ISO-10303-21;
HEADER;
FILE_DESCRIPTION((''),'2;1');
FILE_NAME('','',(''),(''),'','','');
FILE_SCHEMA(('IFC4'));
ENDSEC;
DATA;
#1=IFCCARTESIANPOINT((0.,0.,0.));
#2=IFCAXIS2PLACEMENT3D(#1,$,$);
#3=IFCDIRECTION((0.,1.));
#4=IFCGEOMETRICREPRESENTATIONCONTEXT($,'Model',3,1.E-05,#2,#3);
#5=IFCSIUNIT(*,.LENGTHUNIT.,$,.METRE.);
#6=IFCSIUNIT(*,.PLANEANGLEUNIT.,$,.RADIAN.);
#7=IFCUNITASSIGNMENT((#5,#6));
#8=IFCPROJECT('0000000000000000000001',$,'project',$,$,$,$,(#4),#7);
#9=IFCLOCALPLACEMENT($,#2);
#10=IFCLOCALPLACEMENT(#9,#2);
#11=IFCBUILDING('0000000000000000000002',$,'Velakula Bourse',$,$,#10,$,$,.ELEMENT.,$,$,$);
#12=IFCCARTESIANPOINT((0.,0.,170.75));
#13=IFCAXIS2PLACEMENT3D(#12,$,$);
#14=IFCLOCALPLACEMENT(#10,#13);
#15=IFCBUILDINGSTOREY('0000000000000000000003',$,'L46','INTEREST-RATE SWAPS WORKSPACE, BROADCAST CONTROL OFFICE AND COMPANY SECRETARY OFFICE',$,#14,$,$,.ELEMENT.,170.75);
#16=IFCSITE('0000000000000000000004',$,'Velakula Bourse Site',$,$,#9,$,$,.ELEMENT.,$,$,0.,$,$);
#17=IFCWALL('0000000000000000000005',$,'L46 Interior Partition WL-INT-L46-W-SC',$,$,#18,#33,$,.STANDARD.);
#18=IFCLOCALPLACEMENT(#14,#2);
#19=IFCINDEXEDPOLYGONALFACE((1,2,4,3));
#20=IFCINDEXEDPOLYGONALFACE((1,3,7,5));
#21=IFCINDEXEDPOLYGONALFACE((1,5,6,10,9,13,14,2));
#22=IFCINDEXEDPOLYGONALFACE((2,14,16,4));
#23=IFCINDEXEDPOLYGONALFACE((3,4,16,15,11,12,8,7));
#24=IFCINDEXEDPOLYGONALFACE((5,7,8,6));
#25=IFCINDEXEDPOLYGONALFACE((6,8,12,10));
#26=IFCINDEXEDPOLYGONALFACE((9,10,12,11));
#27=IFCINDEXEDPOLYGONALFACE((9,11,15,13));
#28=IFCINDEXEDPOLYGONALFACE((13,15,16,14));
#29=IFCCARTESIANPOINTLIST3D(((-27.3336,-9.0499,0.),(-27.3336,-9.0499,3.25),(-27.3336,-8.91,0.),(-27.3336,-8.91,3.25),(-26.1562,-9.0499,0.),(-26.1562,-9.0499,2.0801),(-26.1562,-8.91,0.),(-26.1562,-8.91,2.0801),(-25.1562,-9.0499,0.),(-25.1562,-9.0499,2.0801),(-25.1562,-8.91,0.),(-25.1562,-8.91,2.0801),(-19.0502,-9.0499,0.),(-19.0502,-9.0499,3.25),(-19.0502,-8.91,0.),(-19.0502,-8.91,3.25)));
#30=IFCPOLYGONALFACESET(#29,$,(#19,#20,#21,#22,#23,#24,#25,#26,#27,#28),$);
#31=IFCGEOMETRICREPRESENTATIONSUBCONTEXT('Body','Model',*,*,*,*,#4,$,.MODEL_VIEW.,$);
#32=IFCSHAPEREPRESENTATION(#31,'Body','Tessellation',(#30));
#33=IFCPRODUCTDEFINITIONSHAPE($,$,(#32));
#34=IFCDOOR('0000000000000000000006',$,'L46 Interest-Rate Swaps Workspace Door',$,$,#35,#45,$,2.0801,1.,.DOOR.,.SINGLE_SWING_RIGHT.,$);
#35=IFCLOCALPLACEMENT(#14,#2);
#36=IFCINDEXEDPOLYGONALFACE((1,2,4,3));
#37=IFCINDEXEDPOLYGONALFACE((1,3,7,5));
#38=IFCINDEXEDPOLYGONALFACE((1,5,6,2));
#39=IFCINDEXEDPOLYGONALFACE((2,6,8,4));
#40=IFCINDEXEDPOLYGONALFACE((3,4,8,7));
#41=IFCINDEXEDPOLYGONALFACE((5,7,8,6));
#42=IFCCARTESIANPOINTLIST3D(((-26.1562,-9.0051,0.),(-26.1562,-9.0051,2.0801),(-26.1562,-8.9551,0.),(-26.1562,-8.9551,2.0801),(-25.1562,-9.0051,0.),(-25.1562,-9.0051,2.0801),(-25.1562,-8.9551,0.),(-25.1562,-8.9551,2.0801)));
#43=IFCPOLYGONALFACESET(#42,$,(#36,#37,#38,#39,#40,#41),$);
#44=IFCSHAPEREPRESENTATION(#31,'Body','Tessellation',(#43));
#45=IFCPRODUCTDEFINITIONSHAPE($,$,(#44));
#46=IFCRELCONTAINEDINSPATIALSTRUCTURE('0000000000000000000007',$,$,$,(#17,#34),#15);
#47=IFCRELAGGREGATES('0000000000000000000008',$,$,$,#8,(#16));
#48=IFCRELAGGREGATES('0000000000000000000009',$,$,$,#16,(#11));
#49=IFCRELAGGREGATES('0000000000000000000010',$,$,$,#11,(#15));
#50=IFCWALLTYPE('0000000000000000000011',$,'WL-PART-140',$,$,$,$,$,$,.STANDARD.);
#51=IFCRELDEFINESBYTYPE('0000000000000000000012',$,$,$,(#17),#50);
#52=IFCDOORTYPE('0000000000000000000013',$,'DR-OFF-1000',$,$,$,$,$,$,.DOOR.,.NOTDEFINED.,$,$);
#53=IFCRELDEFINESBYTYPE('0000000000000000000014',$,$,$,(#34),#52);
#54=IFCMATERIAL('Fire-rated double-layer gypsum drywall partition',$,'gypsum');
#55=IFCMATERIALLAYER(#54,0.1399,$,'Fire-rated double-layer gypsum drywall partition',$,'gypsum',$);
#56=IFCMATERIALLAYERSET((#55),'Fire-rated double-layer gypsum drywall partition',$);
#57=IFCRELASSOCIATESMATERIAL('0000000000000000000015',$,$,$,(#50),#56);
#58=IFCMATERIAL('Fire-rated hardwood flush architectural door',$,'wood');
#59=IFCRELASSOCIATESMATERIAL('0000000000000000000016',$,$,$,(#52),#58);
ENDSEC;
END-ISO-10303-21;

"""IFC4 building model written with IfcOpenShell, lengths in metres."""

from ifc_helpers import new_model, si_unit, direction, frame, frame_2d, origin, place, context, subcontext, project, spatial, rectangle, extrude, material, layer, layer_set, type_object, element, fill, save


model = new_model("IFC4")

# Units and contexts
model_context = context("Model", 3, precision=1e-05, world=origin(), true_north=direction((0.0, 1.0)))
body_context = subcontext(model_context, "Body", "Model", "MODEL_VIEW")
ifc_project = project(units=[si_unit("LENGTHUNIT", "METRE"), si_unit("PLANEANGLEUNIT", "RADIAN")], contexts=[model_context])

# Site, building, storey
site_placement = place(None, origin())
site = spatial("IfcSite", under=ifc_project, at=site_placement, Name="Velakula Bourse Site", CompositionType="ELEMENT", RefElevation=0.0)
building_placement = place(site_placement, origin())
building = spatial("IfcBuilding", under=site, at=building_placement, Name="Velakula Bourse", CompositionType="ELEMENT")
storey_placement = place(building_placement, frame((0.0, 0.0, 170.75)))
storey = spatial("IfcBuildingStorey", under=building, at=storey_placement, Name="L46", Description="INTEREST-RATE SWAPS WORKSPACE, BROADCAST CONTROL OFFICE AND COMPANY SECRETARY OFFICE", CompositionType="ELEMENT", Elevation=170.75)

# Shared definitions
ifc_material_1 = material(Name="Fire-rated double-layer gypsum drywall partition", Category="gypsum")
ifc_layer_1 = layer(ifc_material_1, 0.1399, Name="Fire-rated double-layer gypsum drywall partition", Category="gypsum")
ifc_layer_set_1 = layer_set([ifc_layer_1], Name="Fire-rated double-layer gypsum drywall partition")
wall_type_1 = type_object("IfcWallType", Name="WL-PART-140", PredefinedType="STANDARD", material=ifc_layer_set_1)
ifc_material_2 = material(Name="Fire-rated hardwood flush architectural door", Category="wood")
door_type_1 = type_object("IfcDoorType", Name="DR-OFF-1000", OperationType="NOTDEFINED", PredefinedType="DOOR", material=ifc_material_2)

# Wall, opening, door
wall_1_placement = place(storey_placement, frame((-27.3335, -8.98, 0.0), z_axis=(0.0, 0.0, 1.0), x_axis=(1.0, 0.0, 0.0)))
wall_1 = element("IfcWall", 1, at=wall_1_placement, inside=storey, type_object=wall_type_1, Name="L46 Interior Partition WL-INT-L46-W-SC", PredefinedType="STANDARD", context=body_context, shape_type="SweptSolid", body=[
    extrude(rectangle(XDim=8.2834, YDim=0.1399, at=frame_2d((4.1416, 0.0))), origin(), (0.0, 0.0, 1.0), 3.25),
])
opening_1_placement = place(wall_1_placement, frame((1.1772, 0.0, 0.0)))
opening_1 = element("IfcOpeningElement", 2, at=opening_1_placement, cuts=wall_1, PredefinedType="OPENING", context=body_context, shape_type="SweptSolid", body=[
    extrude(rectangle(XDim=1.0, YDim=2.0801, at=frame_2d((0.5, 1.04))), frame((0.0, 0.0798, 0.0), z_axis=(0.0, -1.0, 0.0), x_axis=(1.0, 0.0, 0.0)), (0.0, 0.0, 1.0), 0.1599),
])
door_1_placement = place(opening_1_placement, origin())
door_1 = element("IfcDoor", 3, at=door_1_placement, inside=storey, type_object=door_type_1, Name="L46 Interest-Rate Swaps Workspace Door", OperationType="SINGLE_SWING_RIGHT", OverallHeight=2.0801, OverallWidth=1.0, PredefinedType="DOOR", context=body_context, shape_type="SweptSolid", body=[
    extrude(rectangle(XDim=1.0, YDim=2.0801, at=frame_2d((0.5, 1.04))), frame((0.0, 0.0249, 0.0), z_axis=(0.0, -1.0, 0.0), x_axis=(1.0, 0.0, 0.0)), (0.0, 0.0, 1.0), 0.05),
])
fill(opening_1, door_1)

save(model, "model.ifc")
